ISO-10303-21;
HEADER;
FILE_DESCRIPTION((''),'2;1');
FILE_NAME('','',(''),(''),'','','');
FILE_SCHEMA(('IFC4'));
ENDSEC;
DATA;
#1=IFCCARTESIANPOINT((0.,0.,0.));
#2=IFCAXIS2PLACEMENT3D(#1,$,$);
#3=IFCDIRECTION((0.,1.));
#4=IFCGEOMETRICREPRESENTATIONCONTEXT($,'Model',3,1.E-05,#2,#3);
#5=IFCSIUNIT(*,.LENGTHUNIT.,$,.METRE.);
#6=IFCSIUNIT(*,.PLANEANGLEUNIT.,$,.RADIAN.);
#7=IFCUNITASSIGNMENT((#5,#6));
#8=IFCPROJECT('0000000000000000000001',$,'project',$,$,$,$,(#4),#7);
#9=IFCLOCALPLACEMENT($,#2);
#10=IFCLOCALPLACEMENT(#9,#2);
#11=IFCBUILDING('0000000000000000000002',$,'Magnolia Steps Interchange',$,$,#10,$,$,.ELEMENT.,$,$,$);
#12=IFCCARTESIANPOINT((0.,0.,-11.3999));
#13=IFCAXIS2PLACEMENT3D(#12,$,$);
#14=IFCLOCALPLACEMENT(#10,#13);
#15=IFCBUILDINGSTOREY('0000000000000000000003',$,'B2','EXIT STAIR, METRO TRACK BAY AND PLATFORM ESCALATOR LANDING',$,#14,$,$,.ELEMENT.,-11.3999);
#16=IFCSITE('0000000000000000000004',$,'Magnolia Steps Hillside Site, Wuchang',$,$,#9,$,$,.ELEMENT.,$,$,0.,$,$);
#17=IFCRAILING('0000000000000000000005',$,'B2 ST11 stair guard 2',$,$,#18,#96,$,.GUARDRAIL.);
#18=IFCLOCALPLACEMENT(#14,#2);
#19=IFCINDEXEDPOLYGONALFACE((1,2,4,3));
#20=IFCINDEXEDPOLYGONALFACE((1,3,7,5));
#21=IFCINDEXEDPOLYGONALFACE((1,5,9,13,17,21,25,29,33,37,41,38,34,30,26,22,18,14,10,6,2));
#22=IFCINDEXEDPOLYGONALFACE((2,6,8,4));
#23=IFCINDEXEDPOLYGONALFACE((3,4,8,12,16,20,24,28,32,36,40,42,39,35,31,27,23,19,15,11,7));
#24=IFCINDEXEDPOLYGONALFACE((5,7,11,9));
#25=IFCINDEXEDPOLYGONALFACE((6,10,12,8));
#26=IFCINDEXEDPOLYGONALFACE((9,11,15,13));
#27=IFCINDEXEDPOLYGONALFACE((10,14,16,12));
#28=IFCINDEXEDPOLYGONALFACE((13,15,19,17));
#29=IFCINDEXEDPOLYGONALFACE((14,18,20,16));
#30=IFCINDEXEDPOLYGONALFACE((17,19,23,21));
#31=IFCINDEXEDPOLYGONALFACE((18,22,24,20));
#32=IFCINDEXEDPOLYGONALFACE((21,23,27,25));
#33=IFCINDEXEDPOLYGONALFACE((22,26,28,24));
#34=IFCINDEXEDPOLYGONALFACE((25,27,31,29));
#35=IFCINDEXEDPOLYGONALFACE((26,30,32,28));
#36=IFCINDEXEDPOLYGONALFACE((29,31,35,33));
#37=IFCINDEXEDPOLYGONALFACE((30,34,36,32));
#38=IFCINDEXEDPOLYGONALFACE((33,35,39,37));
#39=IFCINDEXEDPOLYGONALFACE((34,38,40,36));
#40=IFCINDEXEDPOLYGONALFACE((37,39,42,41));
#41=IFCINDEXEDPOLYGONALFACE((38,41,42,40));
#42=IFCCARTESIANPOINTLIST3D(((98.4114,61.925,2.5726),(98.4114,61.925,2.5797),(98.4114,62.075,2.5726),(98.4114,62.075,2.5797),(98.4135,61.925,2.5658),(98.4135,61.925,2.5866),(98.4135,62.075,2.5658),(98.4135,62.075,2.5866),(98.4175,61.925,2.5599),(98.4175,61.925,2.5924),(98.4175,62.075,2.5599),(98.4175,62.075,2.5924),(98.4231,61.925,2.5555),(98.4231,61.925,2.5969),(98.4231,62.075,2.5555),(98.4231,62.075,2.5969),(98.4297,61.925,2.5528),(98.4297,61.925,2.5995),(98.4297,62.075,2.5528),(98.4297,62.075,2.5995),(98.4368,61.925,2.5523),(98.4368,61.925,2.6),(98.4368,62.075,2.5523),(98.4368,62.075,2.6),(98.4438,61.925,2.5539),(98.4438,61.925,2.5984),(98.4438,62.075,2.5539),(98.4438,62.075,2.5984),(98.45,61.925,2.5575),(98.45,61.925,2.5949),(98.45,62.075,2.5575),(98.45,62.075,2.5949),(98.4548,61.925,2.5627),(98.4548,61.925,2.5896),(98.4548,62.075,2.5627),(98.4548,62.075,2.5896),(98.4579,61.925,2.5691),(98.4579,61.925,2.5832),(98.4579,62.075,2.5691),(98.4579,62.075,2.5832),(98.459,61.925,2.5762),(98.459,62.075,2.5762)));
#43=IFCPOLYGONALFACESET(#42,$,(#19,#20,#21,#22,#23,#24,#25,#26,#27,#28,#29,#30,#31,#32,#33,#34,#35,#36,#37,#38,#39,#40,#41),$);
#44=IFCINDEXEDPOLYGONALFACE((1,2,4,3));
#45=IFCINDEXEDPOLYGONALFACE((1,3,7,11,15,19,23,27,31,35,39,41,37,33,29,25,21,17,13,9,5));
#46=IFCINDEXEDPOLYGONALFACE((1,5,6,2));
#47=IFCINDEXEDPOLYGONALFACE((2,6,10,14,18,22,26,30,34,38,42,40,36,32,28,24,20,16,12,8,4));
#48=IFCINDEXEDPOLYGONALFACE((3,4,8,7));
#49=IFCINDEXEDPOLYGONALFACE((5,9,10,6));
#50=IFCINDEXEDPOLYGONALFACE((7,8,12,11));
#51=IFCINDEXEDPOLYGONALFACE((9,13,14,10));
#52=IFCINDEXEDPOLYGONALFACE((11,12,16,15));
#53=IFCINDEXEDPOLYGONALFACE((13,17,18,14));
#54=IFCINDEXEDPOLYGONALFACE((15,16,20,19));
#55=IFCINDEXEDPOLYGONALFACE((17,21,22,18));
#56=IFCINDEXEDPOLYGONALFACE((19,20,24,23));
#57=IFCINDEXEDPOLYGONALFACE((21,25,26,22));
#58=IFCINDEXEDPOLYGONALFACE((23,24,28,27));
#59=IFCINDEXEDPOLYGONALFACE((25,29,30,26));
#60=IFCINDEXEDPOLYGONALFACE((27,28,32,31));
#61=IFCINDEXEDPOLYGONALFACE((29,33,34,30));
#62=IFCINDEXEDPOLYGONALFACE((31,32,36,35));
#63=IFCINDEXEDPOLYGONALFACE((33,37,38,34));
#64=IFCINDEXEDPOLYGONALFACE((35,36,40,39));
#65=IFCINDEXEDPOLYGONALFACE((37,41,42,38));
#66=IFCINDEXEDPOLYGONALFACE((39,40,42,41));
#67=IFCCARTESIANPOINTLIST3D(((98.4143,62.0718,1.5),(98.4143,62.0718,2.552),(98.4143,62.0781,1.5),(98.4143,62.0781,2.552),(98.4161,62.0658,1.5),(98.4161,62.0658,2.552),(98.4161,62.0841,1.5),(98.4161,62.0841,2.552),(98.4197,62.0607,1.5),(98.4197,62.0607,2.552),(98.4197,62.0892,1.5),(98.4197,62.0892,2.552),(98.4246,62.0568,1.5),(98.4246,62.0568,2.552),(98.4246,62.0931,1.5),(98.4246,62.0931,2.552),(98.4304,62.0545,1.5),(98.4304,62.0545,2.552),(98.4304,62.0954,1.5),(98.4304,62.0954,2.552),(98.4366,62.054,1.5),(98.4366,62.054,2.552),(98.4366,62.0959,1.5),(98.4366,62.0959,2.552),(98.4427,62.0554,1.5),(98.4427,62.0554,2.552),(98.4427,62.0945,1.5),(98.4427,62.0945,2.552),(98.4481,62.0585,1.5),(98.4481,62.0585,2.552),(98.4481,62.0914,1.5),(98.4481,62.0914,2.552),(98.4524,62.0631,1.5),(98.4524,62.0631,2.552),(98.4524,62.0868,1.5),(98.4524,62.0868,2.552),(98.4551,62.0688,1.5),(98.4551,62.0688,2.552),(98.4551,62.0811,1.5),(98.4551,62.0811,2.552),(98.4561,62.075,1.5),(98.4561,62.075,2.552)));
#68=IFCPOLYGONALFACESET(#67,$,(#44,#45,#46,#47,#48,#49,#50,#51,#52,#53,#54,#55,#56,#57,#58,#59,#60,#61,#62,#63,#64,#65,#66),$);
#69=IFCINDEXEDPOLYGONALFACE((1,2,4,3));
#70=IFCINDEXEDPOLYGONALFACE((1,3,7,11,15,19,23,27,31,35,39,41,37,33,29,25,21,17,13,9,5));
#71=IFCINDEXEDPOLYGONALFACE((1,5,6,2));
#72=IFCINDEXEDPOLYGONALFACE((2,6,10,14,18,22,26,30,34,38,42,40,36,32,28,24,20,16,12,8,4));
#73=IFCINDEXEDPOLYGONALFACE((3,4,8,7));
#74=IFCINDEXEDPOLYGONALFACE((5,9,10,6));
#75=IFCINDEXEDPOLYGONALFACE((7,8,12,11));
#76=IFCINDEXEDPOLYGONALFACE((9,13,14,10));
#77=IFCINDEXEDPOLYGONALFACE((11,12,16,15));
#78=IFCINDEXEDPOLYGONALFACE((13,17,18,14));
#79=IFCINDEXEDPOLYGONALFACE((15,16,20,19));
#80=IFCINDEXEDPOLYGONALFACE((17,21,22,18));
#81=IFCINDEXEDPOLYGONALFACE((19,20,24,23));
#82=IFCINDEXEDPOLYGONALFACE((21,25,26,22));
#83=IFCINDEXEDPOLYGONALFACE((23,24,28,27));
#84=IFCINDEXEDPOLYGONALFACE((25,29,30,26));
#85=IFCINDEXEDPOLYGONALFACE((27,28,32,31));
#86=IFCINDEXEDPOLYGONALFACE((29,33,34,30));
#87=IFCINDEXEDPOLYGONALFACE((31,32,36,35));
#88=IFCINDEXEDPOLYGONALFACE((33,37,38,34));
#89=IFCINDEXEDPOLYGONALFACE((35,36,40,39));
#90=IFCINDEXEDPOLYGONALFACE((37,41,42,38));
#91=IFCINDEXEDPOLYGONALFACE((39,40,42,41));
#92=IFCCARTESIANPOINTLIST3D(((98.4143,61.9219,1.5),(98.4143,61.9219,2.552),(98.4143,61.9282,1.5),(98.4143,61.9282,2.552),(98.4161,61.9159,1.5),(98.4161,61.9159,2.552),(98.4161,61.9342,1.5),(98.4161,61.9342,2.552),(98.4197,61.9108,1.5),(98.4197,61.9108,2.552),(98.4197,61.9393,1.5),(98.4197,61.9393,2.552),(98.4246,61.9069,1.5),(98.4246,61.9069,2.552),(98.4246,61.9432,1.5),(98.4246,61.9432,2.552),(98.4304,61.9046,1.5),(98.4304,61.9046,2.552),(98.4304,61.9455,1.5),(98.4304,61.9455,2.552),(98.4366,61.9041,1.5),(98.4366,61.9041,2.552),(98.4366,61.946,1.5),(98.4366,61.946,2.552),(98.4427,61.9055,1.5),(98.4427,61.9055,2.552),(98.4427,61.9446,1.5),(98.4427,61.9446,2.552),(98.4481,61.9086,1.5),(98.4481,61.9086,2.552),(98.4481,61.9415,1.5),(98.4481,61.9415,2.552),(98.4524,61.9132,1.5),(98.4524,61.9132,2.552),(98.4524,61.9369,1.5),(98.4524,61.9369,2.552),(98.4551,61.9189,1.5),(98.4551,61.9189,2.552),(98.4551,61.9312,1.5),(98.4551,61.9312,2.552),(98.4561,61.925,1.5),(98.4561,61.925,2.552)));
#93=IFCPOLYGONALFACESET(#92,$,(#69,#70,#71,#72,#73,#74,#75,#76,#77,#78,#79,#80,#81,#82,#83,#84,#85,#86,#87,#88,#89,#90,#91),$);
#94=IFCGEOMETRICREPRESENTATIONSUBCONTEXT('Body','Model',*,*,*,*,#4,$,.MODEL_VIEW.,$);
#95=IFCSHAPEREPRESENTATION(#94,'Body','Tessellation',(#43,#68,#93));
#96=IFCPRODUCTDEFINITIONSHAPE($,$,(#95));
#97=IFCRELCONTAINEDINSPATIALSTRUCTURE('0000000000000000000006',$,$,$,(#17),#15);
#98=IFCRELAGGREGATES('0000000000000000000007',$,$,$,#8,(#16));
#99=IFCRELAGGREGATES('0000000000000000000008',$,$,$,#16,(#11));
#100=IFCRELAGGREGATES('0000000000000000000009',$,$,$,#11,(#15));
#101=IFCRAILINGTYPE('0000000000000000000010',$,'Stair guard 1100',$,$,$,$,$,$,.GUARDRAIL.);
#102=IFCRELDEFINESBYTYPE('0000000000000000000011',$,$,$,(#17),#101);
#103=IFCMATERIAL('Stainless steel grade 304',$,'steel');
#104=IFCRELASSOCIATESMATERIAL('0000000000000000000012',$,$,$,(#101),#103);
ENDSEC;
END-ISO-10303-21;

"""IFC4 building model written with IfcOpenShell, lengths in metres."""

from ifc_helpers import new_model, si_unit, direction, frame, origin, origin_2d, place, context, subcontext, project, spatial, circle, extrude, material, type_object, element, save


model = new_model("IFC4")

# Units and contexts
model_context = context("Model", 3, precision=1e-05, world=origin(), true_north=direction((0.0, 1.0)))
body_context = subcontext(model_context, "Body", "Model", "MODEL_VIEW")
ifc_project = project(units=[si_unit("LENGTHUNIT", "METRE"), si_unit("PLANEANGLEUNIT", "RADIAN")], contexts=[model_context])

# Site, building, storey
site_placement = place(None, origin())
site = spatial("IfcSite", under=ifc_project, at=site_placement, Name="Magnolia Steps Hillside Site, Wuchang", CompositionType="ELEMENT", RefElevation=0.0)
building_placement = place(site_placement, origin())
building = spatial("IfcBuilding", under=site, at=building_placement, Name="Magnolia Steps Interchange", CompositionType="ELEMENT")
storey_placement = place(building_placement, frame((0.0, 0.0, -11.3999)))
storey = spatial("IfcBuildingStorey", under=building, at=storey_placement, Name="B2", Description="EXIT STAIR, METRO TRACK BAY AND PLATFORM ESCALATOR LANDING", CompositionType="ELEMENT", Elevation=-11.3999)

# Railing
ifc_material_1 = material(Name="Stainless steel grade 304", Category="steel")
railing_type_1 = type_object("IfcRailingType", Name="Stair guard 1100", PredefinedType="GUARDRAIL", material=ifc_material_1)
railing_1_placement = place(storey_placement, frame((98.4351, 62.075, 1.5)))
element("IfcRailing", 1, at=railing_1_placement, inside=storey, type_object=railing_type_1, Name="B2 ST11 stair guard 2", PredefinedType="GUARDRAIL", context=body_context, shape_type="SweptSolid", body=[
    extrude(circle(Radius=0.0239, at=origin_2d()), frame((0.0, 0.0, 1.0762), z_axis=(0.0, -1.0, 0.0), x_axis=(1.0, 0.0, 0.0)), (0.0, 0.0, 1.0), 0.1499),
    extrude(circle(Radius=0.021, at=origin_2d()), origin(), (0.0, 0.0, 1.0), 1.052),
    extrude(circle(Radius=0.021, at=origin_2d()), frame((0.0, -0.1499, 0.0)), (0.0, 0.0, 1.0), 1.052),
])

save(model, "model.ifc")
